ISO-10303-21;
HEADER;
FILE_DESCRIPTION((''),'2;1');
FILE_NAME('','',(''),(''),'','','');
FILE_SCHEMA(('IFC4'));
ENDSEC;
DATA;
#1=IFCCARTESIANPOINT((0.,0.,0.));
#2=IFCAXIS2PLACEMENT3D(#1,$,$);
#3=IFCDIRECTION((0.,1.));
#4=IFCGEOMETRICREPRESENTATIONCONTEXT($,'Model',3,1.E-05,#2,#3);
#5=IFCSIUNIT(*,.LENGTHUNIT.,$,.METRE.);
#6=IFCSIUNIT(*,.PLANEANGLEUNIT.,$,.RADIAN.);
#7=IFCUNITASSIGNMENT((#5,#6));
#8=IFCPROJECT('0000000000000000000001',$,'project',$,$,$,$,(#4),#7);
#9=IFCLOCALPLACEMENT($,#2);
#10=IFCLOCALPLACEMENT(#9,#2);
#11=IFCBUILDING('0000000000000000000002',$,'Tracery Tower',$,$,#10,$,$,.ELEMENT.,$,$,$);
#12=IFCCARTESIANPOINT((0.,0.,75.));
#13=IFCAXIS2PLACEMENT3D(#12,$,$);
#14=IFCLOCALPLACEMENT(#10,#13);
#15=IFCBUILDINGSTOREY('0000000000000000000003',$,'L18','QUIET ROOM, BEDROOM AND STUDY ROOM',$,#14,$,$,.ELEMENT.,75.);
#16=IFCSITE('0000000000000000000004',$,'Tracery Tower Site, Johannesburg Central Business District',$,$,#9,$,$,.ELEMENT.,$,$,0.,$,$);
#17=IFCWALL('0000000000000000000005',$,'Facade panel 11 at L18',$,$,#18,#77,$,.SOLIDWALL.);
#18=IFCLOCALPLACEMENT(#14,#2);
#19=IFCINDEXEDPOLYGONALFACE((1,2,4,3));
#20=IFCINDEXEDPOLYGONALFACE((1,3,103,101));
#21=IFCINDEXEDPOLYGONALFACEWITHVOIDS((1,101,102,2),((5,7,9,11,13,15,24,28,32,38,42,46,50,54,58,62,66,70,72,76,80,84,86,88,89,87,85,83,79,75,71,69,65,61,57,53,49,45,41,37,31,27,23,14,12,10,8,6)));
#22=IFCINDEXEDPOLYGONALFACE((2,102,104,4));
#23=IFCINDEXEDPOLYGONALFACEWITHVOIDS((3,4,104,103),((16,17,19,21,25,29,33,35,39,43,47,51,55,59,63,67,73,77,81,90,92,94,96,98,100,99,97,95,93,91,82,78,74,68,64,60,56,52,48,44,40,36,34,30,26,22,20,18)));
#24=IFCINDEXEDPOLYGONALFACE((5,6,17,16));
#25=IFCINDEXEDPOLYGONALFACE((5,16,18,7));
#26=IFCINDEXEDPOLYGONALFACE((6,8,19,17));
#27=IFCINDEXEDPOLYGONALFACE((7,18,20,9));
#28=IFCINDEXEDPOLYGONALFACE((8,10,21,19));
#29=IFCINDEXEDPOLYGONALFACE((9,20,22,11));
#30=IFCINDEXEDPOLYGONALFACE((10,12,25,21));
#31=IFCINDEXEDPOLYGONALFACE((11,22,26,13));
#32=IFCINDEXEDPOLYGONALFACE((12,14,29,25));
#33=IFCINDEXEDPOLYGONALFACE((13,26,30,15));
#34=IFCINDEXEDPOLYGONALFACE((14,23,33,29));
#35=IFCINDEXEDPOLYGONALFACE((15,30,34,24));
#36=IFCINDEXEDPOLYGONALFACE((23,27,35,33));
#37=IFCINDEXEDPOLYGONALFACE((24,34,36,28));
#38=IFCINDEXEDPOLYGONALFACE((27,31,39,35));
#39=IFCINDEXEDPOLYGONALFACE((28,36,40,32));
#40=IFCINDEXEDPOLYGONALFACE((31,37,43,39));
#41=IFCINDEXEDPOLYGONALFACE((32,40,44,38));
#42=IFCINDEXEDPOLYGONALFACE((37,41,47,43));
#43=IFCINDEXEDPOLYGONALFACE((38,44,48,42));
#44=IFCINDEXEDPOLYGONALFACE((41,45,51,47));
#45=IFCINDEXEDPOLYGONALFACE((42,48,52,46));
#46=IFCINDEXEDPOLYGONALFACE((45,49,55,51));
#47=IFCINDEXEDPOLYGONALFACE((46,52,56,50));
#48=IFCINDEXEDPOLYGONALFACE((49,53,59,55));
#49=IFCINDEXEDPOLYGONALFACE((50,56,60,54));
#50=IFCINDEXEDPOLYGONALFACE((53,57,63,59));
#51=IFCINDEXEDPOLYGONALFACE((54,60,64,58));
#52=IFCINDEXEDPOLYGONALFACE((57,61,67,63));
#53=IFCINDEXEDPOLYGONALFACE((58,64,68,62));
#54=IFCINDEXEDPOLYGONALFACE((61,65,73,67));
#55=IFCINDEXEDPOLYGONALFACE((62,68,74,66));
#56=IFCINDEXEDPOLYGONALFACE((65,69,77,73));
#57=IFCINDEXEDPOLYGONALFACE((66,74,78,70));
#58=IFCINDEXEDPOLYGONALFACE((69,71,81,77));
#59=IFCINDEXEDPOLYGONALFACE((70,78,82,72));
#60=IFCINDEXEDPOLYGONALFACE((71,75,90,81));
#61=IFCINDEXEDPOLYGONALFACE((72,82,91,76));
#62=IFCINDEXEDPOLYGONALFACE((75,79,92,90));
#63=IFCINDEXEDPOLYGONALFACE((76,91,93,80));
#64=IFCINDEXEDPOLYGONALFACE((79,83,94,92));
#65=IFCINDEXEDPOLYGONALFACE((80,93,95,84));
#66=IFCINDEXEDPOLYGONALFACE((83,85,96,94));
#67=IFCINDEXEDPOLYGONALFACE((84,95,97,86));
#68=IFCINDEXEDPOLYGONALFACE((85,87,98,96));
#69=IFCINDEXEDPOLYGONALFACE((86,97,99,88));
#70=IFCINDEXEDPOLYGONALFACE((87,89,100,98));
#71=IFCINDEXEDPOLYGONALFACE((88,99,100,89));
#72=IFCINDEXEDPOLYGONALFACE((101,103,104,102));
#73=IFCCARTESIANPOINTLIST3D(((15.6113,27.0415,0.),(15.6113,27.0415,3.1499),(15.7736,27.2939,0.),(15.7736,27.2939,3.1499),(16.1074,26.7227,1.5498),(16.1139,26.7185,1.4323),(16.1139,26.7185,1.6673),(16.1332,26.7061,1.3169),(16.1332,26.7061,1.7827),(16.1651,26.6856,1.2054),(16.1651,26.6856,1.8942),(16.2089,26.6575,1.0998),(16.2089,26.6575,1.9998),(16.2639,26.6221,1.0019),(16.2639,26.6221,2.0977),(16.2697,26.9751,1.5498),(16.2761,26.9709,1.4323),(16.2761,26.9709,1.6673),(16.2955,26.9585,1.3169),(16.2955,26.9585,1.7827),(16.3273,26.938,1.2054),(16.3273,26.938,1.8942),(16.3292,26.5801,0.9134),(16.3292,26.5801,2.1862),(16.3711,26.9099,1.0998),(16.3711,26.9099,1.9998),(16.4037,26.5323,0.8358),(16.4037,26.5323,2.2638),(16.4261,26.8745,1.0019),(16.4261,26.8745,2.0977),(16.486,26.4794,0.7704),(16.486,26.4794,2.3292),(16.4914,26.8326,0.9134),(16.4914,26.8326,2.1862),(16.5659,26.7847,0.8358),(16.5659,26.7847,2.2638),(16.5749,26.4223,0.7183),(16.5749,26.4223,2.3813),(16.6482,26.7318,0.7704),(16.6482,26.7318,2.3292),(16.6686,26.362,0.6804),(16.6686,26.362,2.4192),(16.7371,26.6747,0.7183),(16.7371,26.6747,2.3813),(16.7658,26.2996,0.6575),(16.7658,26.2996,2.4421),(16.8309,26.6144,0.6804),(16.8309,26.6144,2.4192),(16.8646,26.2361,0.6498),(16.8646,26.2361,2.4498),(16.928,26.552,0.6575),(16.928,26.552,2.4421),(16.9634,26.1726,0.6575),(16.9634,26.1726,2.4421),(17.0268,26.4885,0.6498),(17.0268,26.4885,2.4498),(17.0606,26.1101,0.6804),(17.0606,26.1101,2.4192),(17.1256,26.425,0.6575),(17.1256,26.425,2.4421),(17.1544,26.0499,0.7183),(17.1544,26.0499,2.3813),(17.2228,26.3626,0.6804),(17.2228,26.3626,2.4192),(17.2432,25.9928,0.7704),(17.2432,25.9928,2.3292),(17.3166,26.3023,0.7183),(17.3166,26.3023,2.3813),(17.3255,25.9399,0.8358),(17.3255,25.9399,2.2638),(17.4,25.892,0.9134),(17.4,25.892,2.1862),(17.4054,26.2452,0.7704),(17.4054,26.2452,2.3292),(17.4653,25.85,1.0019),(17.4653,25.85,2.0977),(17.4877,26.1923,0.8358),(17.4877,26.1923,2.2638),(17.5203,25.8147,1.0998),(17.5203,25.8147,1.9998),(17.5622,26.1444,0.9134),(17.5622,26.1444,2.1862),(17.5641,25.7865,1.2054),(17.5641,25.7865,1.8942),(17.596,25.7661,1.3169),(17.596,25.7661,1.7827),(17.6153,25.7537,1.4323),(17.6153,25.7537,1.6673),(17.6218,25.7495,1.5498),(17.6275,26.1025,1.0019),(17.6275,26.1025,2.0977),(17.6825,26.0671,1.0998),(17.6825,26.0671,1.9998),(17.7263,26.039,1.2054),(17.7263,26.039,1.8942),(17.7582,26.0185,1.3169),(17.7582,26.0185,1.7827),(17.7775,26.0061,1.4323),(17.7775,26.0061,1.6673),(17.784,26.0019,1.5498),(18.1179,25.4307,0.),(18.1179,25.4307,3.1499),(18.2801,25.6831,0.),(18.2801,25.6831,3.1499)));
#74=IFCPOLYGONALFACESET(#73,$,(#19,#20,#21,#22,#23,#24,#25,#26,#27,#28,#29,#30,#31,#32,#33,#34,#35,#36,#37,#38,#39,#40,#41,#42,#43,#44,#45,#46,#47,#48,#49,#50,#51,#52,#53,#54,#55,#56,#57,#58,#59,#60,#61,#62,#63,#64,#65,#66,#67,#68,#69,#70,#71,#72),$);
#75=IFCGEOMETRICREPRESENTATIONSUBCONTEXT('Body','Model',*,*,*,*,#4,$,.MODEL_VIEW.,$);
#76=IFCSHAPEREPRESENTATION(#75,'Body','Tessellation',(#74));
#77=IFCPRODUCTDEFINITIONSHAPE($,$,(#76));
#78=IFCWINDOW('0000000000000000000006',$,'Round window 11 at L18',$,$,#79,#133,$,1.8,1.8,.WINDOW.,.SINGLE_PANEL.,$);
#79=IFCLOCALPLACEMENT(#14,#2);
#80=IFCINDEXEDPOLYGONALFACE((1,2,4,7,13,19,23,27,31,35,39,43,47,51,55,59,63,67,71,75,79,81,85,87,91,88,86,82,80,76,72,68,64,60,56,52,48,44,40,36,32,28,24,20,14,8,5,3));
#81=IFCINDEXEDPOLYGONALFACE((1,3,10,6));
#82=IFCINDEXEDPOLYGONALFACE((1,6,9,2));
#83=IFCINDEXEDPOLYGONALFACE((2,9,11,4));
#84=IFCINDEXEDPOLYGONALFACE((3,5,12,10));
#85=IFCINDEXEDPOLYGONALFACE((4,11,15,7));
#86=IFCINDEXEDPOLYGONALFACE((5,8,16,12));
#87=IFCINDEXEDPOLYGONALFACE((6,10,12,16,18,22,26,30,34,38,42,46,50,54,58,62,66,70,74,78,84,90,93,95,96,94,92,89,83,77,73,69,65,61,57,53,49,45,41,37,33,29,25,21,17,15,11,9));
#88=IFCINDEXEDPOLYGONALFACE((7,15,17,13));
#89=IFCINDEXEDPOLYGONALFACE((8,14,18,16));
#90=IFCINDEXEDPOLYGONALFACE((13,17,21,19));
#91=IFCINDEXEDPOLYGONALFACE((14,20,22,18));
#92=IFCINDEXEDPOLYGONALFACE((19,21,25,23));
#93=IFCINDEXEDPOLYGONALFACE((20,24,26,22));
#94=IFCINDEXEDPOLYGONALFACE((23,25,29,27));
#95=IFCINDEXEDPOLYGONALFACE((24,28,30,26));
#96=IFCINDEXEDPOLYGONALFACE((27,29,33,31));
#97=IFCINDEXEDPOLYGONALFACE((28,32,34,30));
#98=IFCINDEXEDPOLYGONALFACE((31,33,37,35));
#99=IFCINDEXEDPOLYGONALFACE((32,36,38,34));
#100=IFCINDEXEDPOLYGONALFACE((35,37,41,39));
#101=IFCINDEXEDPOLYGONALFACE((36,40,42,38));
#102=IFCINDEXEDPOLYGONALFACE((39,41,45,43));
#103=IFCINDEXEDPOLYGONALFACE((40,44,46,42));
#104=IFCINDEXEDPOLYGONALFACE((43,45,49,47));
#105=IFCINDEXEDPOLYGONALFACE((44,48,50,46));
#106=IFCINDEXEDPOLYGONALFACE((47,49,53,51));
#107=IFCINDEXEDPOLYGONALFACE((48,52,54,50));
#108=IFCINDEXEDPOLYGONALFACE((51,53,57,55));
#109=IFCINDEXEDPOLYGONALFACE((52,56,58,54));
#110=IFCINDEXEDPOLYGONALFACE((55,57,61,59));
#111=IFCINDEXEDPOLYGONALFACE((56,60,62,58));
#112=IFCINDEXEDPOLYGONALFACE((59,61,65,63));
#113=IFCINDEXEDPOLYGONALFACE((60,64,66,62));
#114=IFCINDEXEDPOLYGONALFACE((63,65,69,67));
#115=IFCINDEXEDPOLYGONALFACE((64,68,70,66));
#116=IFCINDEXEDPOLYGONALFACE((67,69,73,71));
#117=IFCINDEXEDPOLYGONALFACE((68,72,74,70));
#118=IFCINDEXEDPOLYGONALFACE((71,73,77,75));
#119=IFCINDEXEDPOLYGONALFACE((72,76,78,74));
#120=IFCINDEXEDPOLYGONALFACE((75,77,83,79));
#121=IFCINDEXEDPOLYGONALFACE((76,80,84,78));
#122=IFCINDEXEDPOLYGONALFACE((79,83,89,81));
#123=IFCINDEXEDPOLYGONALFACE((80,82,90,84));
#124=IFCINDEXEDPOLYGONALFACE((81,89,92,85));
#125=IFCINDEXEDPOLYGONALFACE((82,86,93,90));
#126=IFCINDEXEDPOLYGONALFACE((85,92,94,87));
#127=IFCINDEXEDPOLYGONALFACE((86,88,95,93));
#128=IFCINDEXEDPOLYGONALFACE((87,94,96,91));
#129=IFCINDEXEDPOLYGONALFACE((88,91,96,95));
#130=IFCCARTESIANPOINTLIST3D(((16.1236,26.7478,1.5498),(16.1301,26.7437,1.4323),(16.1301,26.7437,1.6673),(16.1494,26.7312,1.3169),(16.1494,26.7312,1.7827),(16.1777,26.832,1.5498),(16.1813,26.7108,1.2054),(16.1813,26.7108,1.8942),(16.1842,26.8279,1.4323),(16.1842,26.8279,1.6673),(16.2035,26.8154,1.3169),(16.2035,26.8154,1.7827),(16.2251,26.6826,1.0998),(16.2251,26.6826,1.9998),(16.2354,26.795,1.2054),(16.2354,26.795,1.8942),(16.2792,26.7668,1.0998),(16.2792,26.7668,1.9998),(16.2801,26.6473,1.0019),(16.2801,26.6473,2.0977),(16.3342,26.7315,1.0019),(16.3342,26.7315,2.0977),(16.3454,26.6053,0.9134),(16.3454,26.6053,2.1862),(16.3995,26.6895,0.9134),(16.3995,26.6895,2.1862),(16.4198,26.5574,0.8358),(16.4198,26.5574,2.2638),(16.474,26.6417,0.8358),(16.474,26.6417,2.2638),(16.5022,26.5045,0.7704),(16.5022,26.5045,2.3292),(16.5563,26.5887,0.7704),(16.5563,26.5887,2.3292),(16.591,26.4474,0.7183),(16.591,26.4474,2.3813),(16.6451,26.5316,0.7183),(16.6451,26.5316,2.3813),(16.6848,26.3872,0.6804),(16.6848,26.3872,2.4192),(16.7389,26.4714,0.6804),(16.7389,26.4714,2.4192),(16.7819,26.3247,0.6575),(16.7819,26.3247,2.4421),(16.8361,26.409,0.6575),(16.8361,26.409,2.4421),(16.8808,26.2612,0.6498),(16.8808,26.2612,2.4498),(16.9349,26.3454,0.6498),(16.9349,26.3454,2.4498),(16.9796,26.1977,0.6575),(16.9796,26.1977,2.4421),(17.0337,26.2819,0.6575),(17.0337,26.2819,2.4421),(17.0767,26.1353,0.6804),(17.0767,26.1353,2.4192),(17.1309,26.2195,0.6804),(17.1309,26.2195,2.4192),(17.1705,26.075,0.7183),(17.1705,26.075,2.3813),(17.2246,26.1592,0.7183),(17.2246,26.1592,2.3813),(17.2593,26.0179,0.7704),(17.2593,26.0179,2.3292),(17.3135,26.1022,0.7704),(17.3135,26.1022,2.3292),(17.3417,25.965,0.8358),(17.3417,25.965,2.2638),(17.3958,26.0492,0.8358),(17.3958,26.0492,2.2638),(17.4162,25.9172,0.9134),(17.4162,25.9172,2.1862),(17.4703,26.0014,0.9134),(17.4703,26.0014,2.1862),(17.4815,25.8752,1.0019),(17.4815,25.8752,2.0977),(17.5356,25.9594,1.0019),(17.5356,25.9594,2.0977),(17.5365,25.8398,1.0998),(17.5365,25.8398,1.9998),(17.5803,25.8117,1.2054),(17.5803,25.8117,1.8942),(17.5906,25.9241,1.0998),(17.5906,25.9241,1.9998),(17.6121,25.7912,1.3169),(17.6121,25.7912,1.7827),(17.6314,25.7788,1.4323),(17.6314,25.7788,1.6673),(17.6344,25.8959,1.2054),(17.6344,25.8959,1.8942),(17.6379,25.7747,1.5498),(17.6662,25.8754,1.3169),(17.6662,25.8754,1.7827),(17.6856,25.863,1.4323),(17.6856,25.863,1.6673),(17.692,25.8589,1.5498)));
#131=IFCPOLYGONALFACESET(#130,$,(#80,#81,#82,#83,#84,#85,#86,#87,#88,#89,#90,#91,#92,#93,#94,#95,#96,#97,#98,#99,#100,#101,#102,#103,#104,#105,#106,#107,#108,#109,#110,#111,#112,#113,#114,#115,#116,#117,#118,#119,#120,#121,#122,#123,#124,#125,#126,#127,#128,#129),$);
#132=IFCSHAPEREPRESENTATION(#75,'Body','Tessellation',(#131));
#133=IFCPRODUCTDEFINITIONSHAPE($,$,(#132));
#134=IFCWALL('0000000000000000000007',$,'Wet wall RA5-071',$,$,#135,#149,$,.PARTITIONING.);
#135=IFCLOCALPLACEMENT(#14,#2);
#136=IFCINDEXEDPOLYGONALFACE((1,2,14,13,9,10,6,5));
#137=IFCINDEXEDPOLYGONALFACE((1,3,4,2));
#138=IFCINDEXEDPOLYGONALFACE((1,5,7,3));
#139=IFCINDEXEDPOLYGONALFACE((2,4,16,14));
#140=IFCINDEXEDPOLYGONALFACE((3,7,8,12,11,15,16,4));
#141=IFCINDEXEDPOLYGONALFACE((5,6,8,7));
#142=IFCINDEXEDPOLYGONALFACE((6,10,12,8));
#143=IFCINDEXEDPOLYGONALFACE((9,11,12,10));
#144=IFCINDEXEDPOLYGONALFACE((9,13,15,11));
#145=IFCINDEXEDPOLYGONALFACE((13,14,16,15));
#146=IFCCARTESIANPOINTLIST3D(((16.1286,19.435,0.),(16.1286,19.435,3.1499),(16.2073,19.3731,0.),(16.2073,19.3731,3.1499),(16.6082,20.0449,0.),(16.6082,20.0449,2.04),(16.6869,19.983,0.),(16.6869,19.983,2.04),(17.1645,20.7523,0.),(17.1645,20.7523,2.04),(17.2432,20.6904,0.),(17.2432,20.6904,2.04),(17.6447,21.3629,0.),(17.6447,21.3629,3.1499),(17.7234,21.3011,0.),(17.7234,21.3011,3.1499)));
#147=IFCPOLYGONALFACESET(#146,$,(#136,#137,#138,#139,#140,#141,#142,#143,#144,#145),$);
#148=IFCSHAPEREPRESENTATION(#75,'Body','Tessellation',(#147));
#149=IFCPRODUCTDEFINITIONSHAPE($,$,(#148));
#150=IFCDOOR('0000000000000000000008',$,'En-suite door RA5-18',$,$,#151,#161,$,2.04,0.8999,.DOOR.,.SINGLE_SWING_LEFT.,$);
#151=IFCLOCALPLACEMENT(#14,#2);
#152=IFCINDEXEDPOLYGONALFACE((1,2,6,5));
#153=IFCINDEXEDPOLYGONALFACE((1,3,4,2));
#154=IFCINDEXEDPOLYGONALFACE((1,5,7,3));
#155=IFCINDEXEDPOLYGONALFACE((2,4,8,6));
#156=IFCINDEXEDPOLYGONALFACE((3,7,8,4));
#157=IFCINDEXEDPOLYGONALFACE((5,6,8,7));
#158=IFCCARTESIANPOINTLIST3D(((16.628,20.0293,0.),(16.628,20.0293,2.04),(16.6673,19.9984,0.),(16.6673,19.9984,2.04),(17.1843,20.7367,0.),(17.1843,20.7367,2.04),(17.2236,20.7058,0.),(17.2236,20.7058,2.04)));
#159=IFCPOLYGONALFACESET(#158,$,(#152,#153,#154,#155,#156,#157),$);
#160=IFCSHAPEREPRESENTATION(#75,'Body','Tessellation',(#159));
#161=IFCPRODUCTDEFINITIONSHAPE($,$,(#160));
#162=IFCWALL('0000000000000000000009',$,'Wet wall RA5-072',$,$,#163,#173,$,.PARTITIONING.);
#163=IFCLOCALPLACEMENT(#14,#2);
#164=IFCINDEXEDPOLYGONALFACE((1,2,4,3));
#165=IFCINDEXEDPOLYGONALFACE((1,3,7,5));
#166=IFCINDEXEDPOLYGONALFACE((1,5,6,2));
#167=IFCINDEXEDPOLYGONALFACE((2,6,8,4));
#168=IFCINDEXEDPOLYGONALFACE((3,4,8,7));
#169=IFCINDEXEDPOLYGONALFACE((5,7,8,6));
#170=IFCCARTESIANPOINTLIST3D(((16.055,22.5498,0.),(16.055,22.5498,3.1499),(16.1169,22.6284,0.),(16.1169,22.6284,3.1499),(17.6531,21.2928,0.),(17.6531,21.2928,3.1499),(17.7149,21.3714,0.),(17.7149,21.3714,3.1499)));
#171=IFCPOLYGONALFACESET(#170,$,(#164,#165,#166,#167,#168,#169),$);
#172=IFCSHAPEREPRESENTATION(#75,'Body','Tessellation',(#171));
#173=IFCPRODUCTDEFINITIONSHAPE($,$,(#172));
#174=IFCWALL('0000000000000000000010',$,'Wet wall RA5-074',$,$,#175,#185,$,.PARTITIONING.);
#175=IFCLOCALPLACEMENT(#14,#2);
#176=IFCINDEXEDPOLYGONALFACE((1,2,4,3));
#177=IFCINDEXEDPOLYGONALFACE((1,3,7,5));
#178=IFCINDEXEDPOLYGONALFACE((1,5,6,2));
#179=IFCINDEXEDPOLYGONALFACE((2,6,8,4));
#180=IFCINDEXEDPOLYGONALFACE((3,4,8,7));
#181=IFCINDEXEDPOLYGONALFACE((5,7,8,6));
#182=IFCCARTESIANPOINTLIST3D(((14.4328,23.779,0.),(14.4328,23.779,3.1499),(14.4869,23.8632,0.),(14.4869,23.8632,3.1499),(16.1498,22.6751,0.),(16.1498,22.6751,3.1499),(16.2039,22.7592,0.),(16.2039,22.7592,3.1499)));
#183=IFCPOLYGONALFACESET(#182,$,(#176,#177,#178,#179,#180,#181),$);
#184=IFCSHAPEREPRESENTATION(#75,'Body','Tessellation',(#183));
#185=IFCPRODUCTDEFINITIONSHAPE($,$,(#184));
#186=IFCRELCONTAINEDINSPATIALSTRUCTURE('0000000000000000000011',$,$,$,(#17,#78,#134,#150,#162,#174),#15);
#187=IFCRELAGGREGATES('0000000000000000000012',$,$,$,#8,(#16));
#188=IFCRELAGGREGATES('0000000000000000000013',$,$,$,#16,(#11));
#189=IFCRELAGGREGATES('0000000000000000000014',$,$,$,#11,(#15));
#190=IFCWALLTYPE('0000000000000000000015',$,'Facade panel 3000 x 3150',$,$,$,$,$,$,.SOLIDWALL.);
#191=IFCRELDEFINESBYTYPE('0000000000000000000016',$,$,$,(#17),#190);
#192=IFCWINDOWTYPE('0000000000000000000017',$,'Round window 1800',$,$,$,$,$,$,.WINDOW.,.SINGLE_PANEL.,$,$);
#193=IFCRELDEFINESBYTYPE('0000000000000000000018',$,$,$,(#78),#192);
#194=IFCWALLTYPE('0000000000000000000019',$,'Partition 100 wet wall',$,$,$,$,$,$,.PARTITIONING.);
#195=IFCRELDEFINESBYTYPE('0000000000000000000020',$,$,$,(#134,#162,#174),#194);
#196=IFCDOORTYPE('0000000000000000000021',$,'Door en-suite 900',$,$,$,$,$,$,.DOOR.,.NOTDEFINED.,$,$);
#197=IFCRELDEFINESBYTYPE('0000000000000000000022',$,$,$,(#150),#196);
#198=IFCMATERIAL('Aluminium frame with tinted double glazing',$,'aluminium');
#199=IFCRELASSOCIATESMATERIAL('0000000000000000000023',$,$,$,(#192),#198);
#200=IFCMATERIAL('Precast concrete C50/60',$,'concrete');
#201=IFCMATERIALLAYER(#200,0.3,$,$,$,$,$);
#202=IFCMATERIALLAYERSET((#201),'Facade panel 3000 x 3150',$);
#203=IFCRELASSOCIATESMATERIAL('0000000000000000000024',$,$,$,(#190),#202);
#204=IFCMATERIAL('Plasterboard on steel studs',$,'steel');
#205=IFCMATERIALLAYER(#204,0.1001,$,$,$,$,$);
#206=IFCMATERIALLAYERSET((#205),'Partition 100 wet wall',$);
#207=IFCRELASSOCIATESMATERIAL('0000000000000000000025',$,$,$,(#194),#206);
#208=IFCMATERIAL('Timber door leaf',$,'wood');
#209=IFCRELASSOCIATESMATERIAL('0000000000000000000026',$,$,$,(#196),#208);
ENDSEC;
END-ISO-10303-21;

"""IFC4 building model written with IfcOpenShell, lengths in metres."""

from ifc_helpers import new_model, si_unit, direction, frame, frame_2d, origin, origin_2d, place, context, subcontext, project, spatial, rectangle, circle, extrude, material, layer, layer_set, type_object, element, fill, save


model = new_model("IFC4")

# Units and contexts
model_context = context("Model", 3, precision=1e-05, world=origin(), true_north=direction((0.0, 1.0)))
body_context = subcontext(model_context, "Body", "Model", "MODEL_VIEW")
ifc_project = project(units=[si_unit("LENGTHUNIT", "METRE"), si_unit("PLANEANGLEUNIT", "RADIAN")], contexts=[model_context])

# Site, building, storey
site_placement = place(None, origin())
site = spatial("IfcSite", under=ifc_project, at=site_placement, Name="Tracery Tower Site, Johannesburg Central Business District", CompositionType="ELEMENT", RefElevation=0.0)
building_placement = place(site_placement, origin())
building = spatial("IfcBuilding", under=site, at=building_placement, Name="Tracery Tower", CompositionType="ELEMENT")
storey_placement = place(building_placement, frame((0.0, 0.0, 75.0)))
storey = spatial("IfcBuildingStorey", under=building, at=storey_placement, Name="L18", Description="QUIET ROOM, BEDROOM AND STUDY ROOM", CompositionType="ELEMENT", Elevation=75.0)

# Wall, opening, window
ifc_material_1 = material(Name="Aluminium frame with tinted double glazing", Category="aluminium")
window_type = type_object("IfcWindowType", Name="Round window 1800", PartitioningType="SINGLE_PANEL", PredefinedType="WINDOW", material=ifc_material_1)
ifc_material_2 = material(Name="Precast concrete C50/60", Category="concrete")
ifc_layer_1 = layer(ifc_material_2, 0.3)
ifc_layer_set_1 = layer_set([ifc_layer_1], Name="Facade panel 3000 x 3150")
wall_type_1 = type_object("IfcWallType", Name="Facade panel 3000 x 3150", PredefinedType="SOLIDWALL", material=ifc_layer_set_1)
wall_1_placement = place(storey_placement, frame((18.199, 25.5569, 0.0), z_axis=(0.0, 0.0, 1.0), x_axis=(-0.841261, 0.540629, 0.0)))
wall_1 = element("IfcWall", 1, at=wall_1_placement, inside=storey, type_object=wall_type_1, Name="Facade panel 11 at L18", PredefinedType="SOLIDWALL", context=body_context, shape_type="SweptSolid", body=[
    extrude(rectangle(XDim=2.9795, YDim=0.3, at=frame_2d((1.4897, 0.0))), origin(), (0.0, 0.0, 1.0), 3.1499),
])
opening_1_placement = place(wall_1_placement, frame((1.4897, 0.0, 1.5498)))
opening_1 = element("IfcOpeningElement", 2, at=opening_1_placement, cuts=wall_1, PredefinedType="OPENING", context=body_context, shape_type="SweptSolid", body=[
    extrude(circle(Radius=0.9, at=origin_2d()), frame((0.0, 0.1599, 0.0), z_axis=(0.0, -1.0, 0.0), x_axis=(1.0, 0.0, 0.0)), (0.0, 0.0, 1.0), 0.3201),
])
window_1_placement = place(opening_1_placement, origin())
window_1 = element("IfcWindow", 3, at=window_1_placement, inside=storey, type_object=window_type, Name="Round window 11 at L18", OverallHeight=1.8, OverallWidth=1.8, PartitioningType="SINGLE_PANEL", PredefinedType="WINDOW", context=body_context, shape_type="SweptSolid", body=[
    extrude(circle(Radius=0.9, at=origin_2d()), frame((0.0, 0.1201, 0.0), z_axis=(0.0, -1.0, 0.0), x_axis=(1.0, 0.0, 0.0)), (0.0, 0.0, 1.0), 0.1001),
])
fill(opening_1, window_1)

# Wall, opening, door
ifc_material_3 = material(Name="Plasterboard on steel studs", Category="steel")
ifc_layer_2 = layer(ifc_material_3, 0.1001)
ifc_layer_set_2 = layer_set([ifc_layer_2], Name="Partition 100 wet wall")
wall_type_2 = type_object("IfcWallType", Name="Partition 100 wet wall", PredefinedType="PARTITIONING", material=ifc_layer_set_2)
wall_2_placement = place(storey_placement, frame((16.168, 19.4041, 0.0), z_axis=(0.0, 0.0, 1.0), x_axis=(0.618142, 0.786066, 0.0)))
wall_2 = element("IfcWall", 4, at=wall_2_placement, inside=storey, type_object=wall_type_2, Name="Wet wall RA5-071", PredefinedType="PARTITIONING", context=body_context, shape_type="SweptSolid", body=[
    extrude(rectangle(XDim=2.4526, YDim=0.1001, at=frame_2d((1.2263, 0.0))), origin(), (0.0, 0.0, 1.0), 3.1499),
])
opening_2_placement = place(wall_2_placement, frame((0.7759, 0.0, 0.0)))
opening_2 = element("IfcOpeningElement", 5, at=opening_2_placement, cuts=wall_2, PredefinedType="OPENING", context=body_context, shape_type="SweptSolid", body=[
    extrude(rectangle(XDim=0.8999, YDim=2.04, at=frame_2d((0.45, 1.02))), frame((0.0, 0.05, 0.0), z_axis=(0.0, -1.0, 0.0), x_axis=(1.0, 0.0, 0.0)), (0.0, 0.0, 1.0), 0.1001),
])
ifc_material_4 = material(Name="Timber door leaf", Category="wood")
door_type_1 = type_object("IfcDoorType", Name="Door en-suite 900", OperationType="NOTDEFINED", PredefinedType="DOOR", material=ifc_material_4)
door_1_placement = place(opening_2_placement, origin())
door_1 = element("IfcDoor", 6, at=door_1_placement, inside=storey, type_object=door_type_1, Name="En-suite door RA5-18", OperationType="SINGLE_SWING_LEFT", OverallHeight=2.04, OverallWidth=0.8999, PredefinedType="DOOR", context=body_context, shape_type="SweptSolid", body=[
    extrude(rectangle(XDim=0.8999, YDim=2.04, at=frame_2d((0.45, 1.02))), frame((0.0, 0.0249, 0.0), z_axis=(0.0, -1.0, 0.0), x_axis=(1.0, 0.0, 0.0)), (0.0, 0.0, 1.0), 0.05),
])
fill(opening_2, door_1)

# Walls
wall_3_placement = place(storey_placement, frame((16.0859, 22.5891, 0.0), z_axis=(0.0, 0.0, 1.0), x_axis=(0.785985, -0.618246, 0.0)))
element("IfcWall", 7, at=wall_3_placement, inside=storey, type_object=wall_type_2, Name="Wet wall RA5-072", PredefinedType="PARTITIONING", context=body_context, shape_type="SweptSolid", body=[
    extrude(rectangle(XDim=2.0332, YDim=0.1001, at=frame_2d((1.0166, 0.0))), origin(), (0.0, 0.0, 1.0), 3.1499),
])
wall_4_placement = place(storey_placement, frame((14.46, 23.821, 0.0), z_axis=(0.0, 0.0, 1.0), x_axis=(0.841136, -0.540824, 0.0)))
element("IfcWall", 8, at=wall_4_placement, inside=storey, type_object=wall_type_2, Name="Wet wall RA5-074", PredefinedType="PARTITIONING", context=body_context, shape_type="SweptSolid", body=[
    extrude(rectangle(XDim=2.0413, YDim=0.1001, at=frame_2d((1.0205, 0.0))), origin(), (0.0, 0.0, 1.0), 3.1499),
])

save(model, "model.ifc")
